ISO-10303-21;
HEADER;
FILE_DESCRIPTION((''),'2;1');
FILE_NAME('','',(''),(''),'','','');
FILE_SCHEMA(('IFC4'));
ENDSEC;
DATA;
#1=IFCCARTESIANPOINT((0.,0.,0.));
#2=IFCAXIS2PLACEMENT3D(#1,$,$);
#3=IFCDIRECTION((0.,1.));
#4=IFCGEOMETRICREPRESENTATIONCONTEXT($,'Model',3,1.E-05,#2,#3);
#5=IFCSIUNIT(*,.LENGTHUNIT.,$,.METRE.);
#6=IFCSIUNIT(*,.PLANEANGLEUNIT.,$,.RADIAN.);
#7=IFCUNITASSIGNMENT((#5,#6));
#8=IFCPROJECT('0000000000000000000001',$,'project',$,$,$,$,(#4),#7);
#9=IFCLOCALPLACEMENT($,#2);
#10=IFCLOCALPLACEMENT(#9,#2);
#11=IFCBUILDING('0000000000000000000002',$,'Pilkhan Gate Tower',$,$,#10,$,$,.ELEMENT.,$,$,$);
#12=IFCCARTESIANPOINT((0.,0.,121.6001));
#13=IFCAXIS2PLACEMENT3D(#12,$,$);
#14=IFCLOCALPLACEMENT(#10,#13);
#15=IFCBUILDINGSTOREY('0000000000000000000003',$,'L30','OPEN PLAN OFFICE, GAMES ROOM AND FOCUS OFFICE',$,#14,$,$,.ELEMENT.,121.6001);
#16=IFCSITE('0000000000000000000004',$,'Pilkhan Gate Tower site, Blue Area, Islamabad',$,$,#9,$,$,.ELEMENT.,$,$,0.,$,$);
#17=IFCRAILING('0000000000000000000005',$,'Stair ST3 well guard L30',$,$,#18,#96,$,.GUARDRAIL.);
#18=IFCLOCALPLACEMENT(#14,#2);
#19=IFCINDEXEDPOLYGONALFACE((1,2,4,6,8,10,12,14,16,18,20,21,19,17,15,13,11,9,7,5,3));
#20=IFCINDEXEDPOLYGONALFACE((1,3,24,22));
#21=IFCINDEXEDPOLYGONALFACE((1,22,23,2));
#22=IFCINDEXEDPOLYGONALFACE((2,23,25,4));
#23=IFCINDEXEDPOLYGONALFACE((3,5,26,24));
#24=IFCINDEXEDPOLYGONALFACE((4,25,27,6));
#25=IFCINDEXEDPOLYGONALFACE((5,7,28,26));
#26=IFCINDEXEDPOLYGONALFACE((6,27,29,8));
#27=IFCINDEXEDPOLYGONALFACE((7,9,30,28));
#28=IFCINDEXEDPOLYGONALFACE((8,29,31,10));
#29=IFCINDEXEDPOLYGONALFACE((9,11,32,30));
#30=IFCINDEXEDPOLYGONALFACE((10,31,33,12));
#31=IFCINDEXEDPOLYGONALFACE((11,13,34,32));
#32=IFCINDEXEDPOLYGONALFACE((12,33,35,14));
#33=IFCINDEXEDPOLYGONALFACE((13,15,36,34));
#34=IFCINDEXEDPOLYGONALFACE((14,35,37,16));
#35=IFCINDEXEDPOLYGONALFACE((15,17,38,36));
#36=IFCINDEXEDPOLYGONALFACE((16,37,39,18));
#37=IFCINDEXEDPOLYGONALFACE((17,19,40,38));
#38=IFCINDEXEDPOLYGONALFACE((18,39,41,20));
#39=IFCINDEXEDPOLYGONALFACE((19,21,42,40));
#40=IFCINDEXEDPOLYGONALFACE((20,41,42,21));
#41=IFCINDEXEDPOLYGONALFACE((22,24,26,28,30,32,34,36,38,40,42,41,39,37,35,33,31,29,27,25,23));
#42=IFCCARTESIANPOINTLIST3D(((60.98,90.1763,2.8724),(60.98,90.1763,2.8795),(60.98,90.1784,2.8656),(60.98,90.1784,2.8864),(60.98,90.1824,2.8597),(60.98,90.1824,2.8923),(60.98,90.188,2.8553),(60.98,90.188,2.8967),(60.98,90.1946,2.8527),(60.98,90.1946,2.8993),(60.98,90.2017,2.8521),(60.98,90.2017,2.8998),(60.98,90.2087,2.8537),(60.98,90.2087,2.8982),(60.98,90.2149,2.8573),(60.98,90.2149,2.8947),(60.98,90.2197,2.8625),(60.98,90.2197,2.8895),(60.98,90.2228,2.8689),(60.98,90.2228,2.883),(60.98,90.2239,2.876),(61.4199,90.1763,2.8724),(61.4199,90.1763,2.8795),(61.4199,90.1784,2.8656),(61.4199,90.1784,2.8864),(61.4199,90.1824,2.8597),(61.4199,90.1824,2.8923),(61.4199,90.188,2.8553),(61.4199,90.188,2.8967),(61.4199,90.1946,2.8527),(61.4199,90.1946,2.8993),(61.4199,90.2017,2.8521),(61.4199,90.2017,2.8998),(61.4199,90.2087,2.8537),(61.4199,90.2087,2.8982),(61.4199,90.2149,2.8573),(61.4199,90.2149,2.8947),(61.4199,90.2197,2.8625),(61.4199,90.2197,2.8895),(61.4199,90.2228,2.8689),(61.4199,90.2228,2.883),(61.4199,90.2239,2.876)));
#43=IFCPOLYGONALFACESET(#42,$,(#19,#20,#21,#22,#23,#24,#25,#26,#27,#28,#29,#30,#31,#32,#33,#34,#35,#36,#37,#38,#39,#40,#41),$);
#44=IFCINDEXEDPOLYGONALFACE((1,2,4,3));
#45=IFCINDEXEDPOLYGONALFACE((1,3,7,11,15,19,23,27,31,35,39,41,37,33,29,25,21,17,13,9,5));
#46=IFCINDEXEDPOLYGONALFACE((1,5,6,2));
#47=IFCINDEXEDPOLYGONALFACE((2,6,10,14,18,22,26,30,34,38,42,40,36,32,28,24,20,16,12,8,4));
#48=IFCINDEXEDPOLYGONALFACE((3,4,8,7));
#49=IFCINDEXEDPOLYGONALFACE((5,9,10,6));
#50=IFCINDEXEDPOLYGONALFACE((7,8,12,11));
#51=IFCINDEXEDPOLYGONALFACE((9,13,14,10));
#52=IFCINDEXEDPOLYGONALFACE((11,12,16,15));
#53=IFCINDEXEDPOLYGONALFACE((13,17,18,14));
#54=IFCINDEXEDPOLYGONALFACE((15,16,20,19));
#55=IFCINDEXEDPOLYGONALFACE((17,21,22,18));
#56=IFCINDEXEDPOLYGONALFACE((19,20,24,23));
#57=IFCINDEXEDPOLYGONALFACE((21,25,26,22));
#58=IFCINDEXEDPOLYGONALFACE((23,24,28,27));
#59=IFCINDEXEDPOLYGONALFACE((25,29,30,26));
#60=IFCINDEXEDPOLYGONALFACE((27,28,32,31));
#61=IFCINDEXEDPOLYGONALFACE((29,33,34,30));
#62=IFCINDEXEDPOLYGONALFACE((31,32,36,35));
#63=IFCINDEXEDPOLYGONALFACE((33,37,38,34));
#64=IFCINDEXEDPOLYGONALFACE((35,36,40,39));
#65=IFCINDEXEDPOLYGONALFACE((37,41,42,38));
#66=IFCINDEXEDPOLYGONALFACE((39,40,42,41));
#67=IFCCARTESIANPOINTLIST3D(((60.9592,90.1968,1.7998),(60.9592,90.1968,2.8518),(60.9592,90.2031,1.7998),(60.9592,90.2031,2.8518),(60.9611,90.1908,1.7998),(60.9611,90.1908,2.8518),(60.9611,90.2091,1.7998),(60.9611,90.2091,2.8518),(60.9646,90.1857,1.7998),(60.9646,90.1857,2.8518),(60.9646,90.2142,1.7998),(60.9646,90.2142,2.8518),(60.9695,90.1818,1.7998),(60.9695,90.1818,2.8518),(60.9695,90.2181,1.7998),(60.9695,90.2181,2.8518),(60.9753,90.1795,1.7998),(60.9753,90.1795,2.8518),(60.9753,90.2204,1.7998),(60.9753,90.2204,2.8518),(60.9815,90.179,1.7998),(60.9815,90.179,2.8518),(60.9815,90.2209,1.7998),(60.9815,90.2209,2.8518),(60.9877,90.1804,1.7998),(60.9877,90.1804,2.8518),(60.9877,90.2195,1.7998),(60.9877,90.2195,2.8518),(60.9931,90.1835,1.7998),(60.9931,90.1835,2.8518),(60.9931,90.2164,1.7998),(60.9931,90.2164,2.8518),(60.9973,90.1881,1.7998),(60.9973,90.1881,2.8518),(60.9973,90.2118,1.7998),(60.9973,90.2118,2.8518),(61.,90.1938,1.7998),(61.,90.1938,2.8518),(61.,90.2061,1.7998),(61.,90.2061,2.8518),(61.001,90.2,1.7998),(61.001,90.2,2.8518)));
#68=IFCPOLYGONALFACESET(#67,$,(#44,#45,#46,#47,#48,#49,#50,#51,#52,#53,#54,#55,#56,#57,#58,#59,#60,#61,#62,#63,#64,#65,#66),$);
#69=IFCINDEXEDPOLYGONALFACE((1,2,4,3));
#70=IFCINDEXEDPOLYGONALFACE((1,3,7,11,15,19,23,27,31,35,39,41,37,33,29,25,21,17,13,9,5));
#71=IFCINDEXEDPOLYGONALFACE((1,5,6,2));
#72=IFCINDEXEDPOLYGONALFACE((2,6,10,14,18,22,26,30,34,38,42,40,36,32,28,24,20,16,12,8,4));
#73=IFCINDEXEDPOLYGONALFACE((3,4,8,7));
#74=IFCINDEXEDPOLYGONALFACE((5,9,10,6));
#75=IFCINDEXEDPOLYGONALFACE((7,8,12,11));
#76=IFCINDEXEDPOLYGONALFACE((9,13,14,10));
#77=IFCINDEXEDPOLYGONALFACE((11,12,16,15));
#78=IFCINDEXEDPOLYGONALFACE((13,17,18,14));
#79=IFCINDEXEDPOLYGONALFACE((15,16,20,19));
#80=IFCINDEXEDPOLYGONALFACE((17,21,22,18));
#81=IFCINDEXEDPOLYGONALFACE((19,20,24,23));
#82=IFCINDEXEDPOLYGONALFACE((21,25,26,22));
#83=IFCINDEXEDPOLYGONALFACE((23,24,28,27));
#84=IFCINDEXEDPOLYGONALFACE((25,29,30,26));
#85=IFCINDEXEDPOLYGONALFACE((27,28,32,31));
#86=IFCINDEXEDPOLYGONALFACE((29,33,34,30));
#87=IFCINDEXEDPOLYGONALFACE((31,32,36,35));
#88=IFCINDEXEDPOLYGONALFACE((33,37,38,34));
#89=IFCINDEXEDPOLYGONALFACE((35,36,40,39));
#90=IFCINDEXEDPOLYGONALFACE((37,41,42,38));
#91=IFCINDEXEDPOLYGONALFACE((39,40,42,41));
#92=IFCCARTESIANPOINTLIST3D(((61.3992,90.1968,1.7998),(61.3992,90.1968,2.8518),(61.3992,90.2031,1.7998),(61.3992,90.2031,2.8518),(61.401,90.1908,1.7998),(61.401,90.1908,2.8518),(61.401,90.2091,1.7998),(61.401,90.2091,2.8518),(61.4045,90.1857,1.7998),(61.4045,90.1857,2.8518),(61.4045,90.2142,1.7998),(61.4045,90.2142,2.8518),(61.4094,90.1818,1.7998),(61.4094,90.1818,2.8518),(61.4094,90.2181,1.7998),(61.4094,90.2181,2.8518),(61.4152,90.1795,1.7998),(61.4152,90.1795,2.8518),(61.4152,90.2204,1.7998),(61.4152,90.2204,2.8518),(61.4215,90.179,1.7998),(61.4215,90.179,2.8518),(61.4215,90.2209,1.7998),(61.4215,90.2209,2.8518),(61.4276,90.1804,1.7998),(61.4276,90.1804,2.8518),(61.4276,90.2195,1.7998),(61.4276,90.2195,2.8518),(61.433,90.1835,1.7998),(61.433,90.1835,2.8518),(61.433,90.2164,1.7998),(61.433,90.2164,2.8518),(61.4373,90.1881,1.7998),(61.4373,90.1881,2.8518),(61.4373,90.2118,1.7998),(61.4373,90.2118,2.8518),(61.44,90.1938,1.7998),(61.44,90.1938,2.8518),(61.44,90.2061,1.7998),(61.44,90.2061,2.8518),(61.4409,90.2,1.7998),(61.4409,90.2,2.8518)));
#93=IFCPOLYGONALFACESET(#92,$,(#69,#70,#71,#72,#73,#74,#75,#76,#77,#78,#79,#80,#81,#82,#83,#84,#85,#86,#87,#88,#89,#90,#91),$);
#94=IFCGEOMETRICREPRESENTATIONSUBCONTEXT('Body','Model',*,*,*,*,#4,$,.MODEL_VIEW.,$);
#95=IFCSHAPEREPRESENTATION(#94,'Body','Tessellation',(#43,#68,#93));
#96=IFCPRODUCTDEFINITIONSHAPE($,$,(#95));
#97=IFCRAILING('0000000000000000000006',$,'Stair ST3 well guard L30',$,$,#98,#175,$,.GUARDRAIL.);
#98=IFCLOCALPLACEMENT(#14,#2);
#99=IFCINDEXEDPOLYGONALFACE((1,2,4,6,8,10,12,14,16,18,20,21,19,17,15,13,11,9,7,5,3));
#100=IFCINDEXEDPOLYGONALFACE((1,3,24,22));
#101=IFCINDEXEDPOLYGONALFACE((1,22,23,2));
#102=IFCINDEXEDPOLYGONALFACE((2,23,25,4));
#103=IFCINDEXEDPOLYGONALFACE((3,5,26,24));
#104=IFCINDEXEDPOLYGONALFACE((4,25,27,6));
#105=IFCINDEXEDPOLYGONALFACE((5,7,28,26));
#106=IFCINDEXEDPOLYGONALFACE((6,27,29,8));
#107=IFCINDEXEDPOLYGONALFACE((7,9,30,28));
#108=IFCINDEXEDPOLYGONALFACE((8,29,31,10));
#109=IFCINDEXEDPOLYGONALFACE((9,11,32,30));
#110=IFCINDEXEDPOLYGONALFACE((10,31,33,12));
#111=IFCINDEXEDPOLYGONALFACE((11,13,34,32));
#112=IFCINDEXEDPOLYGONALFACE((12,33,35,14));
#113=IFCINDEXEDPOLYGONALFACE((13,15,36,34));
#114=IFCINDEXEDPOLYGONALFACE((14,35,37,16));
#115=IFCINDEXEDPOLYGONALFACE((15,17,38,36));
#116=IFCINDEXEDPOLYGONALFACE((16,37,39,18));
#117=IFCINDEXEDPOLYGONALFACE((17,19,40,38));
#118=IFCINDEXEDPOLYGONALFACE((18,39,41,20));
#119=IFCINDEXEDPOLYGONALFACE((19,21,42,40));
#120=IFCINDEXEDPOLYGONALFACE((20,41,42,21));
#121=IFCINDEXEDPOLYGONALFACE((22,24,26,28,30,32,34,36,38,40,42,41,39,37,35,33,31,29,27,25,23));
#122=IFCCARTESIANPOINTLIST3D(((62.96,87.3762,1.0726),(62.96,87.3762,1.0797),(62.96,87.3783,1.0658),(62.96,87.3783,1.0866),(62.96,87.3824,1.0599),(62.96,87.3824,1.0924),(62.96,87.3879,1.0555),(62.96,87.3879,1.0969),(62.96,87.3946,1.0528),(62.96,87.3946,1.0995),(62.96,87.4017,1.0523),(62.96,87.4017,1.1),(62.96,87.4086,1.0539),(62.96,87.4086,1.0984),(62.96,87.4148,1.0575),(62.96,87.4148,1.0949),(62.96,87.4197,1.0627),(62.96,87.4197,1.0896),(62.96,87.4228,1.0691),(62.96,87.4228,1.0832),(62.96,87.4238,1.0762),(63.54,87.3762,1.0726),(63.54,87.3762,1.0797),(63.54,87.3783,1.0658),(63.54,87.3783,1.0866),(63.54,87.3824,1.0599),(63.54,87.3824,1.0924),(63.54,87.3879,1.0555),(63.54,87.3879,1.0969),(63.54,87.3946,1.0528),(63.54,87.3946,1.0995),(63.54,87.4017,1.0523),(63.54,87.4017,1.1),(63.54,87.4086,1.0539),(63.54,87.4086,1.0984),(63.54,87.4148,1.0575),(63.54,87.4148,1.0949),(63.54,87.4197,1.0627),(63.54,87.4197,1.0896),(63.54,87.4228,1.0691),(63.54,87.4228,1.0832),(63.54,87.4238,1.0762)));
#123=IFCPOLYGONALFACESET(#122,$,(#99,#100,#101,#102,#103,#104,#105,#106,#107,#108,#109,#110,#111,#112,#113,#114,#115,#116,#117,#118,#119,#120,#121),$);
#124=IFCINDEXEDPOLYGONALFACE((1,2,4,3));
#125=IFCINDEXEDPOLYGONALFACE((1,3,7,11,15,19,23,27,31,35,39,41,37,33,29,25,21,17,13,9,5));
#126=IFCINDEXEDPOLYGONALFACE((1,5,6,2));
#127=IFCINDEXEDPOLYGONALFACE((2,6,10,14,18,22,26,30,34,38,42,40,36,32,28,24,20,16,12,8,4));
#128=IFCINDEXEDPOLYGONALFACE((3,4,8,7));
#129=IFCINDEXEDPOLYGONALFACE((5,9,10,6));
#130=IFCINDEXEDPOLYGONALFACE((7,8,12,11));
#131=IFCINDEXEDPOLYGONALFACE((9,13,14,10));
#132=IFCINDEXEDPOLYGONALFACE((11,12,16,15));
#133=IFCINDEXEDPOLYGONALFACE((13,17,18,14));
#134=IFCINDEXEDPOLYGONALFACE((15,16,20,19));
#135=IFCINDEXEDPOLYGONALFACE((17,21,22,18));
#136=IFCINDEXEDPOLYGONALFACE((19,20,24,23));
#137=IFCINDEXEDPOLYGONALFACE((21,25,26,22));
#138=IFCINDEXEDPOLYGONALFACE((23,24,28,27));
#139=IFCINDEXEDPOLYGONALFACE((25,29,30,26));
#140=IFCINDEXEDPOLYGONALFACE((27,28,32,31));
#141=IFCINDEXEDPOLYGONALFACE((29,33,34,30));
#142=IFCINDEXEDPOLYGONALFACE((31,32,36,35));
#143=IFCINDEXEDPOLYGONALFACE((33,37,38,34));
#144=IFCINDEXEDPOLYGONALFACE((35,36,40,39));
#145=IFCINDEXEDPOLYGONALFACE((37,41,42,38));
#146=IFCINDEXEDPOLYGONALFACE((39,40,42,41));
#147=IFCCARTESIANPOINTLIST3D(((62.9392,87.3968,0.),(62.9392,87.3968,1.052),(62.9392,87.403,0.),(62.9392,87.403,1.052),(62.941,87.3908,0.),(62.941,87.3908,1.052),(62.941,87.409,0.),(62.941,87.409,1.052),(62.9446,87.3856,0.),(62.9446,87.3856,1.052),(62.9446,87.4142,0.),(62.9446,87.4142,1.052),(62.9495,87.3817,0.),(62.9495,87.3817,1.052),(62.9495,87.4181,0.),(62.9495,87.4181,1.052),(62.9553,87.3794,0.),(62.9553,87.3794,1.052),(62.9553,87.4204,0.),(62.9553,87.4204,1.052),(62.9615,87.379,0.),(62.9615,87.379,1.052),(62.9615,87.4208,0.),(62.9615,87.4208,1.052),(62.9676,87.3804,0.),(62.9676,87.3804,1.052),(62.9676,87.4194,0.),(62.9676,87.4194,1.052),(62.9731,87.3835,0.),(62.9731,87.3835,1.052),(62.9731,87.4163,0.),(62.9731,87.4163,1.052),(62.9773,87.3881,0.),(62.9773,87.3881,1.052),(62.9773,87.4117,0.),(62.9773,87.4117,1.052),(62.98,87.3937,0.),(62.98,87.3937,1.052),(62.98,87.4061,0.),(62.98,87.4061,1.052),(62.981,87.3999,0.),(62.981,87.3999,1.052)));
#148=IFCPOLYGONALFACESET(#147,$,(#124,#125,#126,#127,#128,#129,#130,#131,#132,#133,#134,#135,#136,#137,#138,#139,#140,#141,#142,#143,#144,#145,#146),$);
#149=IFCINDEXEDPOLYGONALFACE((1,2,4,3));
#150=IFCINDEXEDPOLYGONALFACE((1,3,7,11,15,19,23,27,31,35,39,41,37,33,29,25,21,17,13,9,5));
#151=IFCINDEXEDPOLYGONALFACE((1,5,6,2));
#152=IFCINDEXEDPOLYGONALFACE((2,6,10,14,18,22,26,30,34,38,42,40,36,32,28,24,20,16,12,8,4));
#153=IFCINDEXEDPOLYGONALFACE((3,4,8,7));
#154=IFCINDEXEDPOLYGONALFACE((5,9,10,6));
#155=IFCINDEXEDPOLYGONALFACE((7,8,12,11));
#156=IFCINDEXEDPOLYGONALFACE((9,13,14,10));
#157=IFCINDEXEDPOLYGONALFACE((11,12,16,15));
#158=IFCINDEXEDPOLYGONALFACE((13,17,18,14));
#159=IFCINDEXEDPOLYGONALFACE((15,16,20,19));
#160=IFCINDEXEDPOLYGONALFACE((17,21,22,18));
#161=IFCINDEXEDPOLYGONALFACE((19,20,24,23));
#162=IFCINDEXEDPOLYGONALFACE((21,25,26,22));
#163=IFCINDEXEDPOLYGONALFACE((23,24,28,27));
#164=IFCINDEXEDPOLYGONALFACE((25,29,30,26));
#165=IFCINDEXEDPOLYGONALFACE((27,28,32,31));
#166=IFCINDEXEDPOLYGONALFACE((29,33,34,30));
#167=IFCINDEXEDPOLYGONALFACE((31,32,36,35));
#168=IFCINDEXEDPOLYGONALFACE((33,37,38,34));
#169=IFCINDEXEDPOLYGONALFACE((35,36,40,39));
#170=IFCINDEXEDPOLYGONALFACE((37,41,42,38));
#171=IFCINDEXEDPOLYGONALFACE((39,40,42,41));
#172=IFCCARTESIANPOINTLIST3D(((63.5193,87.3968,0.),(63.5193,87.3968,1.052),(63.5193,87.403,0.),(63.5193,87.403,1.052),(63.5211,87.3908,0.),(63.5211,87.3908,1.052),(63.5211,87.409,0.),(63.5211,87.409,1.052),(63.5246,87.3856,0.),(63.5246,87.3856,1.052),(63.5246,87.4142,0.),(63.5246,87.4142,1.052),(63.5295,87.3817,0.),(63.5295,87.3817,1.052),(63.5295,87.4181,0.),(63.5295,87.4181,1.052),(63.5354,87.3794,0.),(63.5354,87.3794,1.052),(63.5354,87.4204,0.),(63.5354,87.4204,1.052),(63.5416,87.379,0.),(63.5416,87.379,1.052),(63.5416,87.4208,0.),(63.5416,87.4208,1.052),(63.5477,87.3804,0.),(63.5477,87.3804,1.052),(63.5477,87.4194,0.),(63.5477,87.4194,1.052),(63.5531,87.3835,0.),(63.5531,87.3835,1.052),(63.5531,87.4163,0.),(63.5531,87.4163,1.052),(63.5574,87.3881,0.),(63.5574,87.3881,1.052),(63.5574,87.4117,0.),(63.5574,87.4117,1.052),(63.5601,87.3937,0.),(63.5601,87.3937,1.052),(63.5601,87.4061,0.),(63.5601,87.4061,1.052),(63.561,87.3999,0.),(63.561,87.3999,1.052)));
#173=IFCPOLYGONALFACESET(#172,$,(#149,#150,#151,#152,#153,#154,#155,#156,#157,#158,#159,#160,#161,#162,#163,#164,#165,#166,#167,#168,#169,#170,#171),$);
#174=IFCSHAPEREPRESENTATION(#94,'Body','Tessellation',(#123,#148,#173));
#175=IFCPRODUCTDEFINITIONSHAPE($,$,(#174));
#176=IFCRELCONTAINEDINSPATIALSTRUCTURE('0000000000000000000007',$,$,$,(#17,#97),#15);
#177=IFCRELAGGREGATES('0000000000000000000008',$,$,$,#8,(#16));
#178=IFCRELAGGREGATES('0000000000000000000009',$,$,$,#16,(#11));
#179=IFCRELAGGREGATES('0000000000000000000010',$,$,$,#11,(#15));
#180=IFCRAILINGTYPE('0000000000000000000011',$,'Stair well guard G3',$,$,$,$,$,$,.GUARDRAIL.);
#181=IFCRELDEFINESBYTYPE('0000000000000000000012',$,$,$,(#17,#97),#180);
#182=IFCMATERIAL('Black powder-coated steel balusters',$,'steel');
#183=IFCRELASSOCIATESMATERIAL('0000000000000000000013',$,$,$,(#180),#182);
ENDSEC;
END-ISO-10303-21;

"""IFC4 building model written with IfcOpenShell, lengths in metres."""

from ifc_helpers import new_model, si_unit, direction, frame, origin, origin_2d, place, context, subcontext, project, spatial, circle, extrude, material, type_object, element, save


model = new_model("IFC4")

# Units and contexts
model_context = context("Model", 3, precision=1e-05, world=origin(), true_north=direction((0.0, 1.0)))
body_context = subcontext(model_context, "Body", "Model", "MODEL_VIEW")
ifc_project = project(units=[si_unit("LENGTHUNIT", "METRE"), si_unit("PLANEANGLEUNIT", "RADIAN")], contexts=[model_context])

# Site, building, storey
site_placement = place(None, origin())
site = spatial("IfcSite", under=ifc_project, at=site_placement, Name="Pilkhan Gate Tower site, Blue Area, Islamabad", CompositionType="ELEMENT", RefElevation=0.0)
building_placement = place(site_placement, origin())
building = spatial("IfcBuilding", under=site, at=building_placement, Name="Pilkhan Gate Tower", CompositionType="ELEMENT")
storey_placement = place(building_placement, frame((0.0, 0.0, 121.6001)))
storey = spatial("IfcBuildingStorey", under=building, at=storey_placement, Name="L30", Description="OPEN PLAN OFFICE, GAMES ROOM AND FOCUS OFFICE", CompositionType="ELEMENT", Elevation=121.6001)

# Railings
ifc_material_1 = material(Name="Black powder-coated steel balusters", Category="steel")
railing_type_1 = type_object("IfcRailingType", Name="Stair well guard G3", PredefinedType="GUARDRAIL", material=ifc_material_1)
railing_1_placement = place(storey_placement, frame((60.98, 90.2, 1.7998)))
element("IfcRailing", 1, at=railing_1_placement, inside=storey, type_object=railing_type_1, Name="Stair ST3 well guard L30", PredefinedType="GUARDRAIL", context=body_context, shape_type="SweptSolid", body=[
    extrude(circle(Radius=0.0239, at=origin_2d()), frame((0.0, 0.0, 1.0762), z_axis=(1.0, 0.0, 0.0), x_axis=(0.0, 1.0, 0.0)), (0.0, 0.0, 1.0), 0.4399),
    extrude(circle(Radius=0.021, at=origin_2d()), origin(), (0.0, 0.0, 1.0), 1.052),
    extrude(circle(Radius=0.021, at=origin_2d()), frame((0.4399, 0.0, 0.0)), (0.0, 0.0, 1.0), 1.052),
])
for number, where, name in (
    (2, (62.96, 87.3999, 0.0), "Stair ST3 well guard L30"),
):
    element("IfcRailing", number, at=place(storey_placement, frame(where)), inside=storey, type_object=railing_type_1, Name=name, PredefinedType="GUARDRAIL", context=body_context, shape_type="SweptSolid", body=[
        extrude(circle(Radius=0.0239, at=origin_2d()), frame((0.0, 0.0, 1.0762), z_axis=(1.0, 0.0, 0.0), x_axis=(0.0, 1.0, 0.0)), (0.0, 0.0, 1.0), 0.5801),
        extrude(circle(Radius=0.021, at=origin_2d()), origin(), (0.0, 0.0, 1.0), 1.052),
        extrude(circle(Radius=0.021, at=origin_2d()), frame((0.5801, 0.0, 0.0)), (0.0, 0.0, 1.0), 1.052),
    ])

save(model, "model.ifc")
